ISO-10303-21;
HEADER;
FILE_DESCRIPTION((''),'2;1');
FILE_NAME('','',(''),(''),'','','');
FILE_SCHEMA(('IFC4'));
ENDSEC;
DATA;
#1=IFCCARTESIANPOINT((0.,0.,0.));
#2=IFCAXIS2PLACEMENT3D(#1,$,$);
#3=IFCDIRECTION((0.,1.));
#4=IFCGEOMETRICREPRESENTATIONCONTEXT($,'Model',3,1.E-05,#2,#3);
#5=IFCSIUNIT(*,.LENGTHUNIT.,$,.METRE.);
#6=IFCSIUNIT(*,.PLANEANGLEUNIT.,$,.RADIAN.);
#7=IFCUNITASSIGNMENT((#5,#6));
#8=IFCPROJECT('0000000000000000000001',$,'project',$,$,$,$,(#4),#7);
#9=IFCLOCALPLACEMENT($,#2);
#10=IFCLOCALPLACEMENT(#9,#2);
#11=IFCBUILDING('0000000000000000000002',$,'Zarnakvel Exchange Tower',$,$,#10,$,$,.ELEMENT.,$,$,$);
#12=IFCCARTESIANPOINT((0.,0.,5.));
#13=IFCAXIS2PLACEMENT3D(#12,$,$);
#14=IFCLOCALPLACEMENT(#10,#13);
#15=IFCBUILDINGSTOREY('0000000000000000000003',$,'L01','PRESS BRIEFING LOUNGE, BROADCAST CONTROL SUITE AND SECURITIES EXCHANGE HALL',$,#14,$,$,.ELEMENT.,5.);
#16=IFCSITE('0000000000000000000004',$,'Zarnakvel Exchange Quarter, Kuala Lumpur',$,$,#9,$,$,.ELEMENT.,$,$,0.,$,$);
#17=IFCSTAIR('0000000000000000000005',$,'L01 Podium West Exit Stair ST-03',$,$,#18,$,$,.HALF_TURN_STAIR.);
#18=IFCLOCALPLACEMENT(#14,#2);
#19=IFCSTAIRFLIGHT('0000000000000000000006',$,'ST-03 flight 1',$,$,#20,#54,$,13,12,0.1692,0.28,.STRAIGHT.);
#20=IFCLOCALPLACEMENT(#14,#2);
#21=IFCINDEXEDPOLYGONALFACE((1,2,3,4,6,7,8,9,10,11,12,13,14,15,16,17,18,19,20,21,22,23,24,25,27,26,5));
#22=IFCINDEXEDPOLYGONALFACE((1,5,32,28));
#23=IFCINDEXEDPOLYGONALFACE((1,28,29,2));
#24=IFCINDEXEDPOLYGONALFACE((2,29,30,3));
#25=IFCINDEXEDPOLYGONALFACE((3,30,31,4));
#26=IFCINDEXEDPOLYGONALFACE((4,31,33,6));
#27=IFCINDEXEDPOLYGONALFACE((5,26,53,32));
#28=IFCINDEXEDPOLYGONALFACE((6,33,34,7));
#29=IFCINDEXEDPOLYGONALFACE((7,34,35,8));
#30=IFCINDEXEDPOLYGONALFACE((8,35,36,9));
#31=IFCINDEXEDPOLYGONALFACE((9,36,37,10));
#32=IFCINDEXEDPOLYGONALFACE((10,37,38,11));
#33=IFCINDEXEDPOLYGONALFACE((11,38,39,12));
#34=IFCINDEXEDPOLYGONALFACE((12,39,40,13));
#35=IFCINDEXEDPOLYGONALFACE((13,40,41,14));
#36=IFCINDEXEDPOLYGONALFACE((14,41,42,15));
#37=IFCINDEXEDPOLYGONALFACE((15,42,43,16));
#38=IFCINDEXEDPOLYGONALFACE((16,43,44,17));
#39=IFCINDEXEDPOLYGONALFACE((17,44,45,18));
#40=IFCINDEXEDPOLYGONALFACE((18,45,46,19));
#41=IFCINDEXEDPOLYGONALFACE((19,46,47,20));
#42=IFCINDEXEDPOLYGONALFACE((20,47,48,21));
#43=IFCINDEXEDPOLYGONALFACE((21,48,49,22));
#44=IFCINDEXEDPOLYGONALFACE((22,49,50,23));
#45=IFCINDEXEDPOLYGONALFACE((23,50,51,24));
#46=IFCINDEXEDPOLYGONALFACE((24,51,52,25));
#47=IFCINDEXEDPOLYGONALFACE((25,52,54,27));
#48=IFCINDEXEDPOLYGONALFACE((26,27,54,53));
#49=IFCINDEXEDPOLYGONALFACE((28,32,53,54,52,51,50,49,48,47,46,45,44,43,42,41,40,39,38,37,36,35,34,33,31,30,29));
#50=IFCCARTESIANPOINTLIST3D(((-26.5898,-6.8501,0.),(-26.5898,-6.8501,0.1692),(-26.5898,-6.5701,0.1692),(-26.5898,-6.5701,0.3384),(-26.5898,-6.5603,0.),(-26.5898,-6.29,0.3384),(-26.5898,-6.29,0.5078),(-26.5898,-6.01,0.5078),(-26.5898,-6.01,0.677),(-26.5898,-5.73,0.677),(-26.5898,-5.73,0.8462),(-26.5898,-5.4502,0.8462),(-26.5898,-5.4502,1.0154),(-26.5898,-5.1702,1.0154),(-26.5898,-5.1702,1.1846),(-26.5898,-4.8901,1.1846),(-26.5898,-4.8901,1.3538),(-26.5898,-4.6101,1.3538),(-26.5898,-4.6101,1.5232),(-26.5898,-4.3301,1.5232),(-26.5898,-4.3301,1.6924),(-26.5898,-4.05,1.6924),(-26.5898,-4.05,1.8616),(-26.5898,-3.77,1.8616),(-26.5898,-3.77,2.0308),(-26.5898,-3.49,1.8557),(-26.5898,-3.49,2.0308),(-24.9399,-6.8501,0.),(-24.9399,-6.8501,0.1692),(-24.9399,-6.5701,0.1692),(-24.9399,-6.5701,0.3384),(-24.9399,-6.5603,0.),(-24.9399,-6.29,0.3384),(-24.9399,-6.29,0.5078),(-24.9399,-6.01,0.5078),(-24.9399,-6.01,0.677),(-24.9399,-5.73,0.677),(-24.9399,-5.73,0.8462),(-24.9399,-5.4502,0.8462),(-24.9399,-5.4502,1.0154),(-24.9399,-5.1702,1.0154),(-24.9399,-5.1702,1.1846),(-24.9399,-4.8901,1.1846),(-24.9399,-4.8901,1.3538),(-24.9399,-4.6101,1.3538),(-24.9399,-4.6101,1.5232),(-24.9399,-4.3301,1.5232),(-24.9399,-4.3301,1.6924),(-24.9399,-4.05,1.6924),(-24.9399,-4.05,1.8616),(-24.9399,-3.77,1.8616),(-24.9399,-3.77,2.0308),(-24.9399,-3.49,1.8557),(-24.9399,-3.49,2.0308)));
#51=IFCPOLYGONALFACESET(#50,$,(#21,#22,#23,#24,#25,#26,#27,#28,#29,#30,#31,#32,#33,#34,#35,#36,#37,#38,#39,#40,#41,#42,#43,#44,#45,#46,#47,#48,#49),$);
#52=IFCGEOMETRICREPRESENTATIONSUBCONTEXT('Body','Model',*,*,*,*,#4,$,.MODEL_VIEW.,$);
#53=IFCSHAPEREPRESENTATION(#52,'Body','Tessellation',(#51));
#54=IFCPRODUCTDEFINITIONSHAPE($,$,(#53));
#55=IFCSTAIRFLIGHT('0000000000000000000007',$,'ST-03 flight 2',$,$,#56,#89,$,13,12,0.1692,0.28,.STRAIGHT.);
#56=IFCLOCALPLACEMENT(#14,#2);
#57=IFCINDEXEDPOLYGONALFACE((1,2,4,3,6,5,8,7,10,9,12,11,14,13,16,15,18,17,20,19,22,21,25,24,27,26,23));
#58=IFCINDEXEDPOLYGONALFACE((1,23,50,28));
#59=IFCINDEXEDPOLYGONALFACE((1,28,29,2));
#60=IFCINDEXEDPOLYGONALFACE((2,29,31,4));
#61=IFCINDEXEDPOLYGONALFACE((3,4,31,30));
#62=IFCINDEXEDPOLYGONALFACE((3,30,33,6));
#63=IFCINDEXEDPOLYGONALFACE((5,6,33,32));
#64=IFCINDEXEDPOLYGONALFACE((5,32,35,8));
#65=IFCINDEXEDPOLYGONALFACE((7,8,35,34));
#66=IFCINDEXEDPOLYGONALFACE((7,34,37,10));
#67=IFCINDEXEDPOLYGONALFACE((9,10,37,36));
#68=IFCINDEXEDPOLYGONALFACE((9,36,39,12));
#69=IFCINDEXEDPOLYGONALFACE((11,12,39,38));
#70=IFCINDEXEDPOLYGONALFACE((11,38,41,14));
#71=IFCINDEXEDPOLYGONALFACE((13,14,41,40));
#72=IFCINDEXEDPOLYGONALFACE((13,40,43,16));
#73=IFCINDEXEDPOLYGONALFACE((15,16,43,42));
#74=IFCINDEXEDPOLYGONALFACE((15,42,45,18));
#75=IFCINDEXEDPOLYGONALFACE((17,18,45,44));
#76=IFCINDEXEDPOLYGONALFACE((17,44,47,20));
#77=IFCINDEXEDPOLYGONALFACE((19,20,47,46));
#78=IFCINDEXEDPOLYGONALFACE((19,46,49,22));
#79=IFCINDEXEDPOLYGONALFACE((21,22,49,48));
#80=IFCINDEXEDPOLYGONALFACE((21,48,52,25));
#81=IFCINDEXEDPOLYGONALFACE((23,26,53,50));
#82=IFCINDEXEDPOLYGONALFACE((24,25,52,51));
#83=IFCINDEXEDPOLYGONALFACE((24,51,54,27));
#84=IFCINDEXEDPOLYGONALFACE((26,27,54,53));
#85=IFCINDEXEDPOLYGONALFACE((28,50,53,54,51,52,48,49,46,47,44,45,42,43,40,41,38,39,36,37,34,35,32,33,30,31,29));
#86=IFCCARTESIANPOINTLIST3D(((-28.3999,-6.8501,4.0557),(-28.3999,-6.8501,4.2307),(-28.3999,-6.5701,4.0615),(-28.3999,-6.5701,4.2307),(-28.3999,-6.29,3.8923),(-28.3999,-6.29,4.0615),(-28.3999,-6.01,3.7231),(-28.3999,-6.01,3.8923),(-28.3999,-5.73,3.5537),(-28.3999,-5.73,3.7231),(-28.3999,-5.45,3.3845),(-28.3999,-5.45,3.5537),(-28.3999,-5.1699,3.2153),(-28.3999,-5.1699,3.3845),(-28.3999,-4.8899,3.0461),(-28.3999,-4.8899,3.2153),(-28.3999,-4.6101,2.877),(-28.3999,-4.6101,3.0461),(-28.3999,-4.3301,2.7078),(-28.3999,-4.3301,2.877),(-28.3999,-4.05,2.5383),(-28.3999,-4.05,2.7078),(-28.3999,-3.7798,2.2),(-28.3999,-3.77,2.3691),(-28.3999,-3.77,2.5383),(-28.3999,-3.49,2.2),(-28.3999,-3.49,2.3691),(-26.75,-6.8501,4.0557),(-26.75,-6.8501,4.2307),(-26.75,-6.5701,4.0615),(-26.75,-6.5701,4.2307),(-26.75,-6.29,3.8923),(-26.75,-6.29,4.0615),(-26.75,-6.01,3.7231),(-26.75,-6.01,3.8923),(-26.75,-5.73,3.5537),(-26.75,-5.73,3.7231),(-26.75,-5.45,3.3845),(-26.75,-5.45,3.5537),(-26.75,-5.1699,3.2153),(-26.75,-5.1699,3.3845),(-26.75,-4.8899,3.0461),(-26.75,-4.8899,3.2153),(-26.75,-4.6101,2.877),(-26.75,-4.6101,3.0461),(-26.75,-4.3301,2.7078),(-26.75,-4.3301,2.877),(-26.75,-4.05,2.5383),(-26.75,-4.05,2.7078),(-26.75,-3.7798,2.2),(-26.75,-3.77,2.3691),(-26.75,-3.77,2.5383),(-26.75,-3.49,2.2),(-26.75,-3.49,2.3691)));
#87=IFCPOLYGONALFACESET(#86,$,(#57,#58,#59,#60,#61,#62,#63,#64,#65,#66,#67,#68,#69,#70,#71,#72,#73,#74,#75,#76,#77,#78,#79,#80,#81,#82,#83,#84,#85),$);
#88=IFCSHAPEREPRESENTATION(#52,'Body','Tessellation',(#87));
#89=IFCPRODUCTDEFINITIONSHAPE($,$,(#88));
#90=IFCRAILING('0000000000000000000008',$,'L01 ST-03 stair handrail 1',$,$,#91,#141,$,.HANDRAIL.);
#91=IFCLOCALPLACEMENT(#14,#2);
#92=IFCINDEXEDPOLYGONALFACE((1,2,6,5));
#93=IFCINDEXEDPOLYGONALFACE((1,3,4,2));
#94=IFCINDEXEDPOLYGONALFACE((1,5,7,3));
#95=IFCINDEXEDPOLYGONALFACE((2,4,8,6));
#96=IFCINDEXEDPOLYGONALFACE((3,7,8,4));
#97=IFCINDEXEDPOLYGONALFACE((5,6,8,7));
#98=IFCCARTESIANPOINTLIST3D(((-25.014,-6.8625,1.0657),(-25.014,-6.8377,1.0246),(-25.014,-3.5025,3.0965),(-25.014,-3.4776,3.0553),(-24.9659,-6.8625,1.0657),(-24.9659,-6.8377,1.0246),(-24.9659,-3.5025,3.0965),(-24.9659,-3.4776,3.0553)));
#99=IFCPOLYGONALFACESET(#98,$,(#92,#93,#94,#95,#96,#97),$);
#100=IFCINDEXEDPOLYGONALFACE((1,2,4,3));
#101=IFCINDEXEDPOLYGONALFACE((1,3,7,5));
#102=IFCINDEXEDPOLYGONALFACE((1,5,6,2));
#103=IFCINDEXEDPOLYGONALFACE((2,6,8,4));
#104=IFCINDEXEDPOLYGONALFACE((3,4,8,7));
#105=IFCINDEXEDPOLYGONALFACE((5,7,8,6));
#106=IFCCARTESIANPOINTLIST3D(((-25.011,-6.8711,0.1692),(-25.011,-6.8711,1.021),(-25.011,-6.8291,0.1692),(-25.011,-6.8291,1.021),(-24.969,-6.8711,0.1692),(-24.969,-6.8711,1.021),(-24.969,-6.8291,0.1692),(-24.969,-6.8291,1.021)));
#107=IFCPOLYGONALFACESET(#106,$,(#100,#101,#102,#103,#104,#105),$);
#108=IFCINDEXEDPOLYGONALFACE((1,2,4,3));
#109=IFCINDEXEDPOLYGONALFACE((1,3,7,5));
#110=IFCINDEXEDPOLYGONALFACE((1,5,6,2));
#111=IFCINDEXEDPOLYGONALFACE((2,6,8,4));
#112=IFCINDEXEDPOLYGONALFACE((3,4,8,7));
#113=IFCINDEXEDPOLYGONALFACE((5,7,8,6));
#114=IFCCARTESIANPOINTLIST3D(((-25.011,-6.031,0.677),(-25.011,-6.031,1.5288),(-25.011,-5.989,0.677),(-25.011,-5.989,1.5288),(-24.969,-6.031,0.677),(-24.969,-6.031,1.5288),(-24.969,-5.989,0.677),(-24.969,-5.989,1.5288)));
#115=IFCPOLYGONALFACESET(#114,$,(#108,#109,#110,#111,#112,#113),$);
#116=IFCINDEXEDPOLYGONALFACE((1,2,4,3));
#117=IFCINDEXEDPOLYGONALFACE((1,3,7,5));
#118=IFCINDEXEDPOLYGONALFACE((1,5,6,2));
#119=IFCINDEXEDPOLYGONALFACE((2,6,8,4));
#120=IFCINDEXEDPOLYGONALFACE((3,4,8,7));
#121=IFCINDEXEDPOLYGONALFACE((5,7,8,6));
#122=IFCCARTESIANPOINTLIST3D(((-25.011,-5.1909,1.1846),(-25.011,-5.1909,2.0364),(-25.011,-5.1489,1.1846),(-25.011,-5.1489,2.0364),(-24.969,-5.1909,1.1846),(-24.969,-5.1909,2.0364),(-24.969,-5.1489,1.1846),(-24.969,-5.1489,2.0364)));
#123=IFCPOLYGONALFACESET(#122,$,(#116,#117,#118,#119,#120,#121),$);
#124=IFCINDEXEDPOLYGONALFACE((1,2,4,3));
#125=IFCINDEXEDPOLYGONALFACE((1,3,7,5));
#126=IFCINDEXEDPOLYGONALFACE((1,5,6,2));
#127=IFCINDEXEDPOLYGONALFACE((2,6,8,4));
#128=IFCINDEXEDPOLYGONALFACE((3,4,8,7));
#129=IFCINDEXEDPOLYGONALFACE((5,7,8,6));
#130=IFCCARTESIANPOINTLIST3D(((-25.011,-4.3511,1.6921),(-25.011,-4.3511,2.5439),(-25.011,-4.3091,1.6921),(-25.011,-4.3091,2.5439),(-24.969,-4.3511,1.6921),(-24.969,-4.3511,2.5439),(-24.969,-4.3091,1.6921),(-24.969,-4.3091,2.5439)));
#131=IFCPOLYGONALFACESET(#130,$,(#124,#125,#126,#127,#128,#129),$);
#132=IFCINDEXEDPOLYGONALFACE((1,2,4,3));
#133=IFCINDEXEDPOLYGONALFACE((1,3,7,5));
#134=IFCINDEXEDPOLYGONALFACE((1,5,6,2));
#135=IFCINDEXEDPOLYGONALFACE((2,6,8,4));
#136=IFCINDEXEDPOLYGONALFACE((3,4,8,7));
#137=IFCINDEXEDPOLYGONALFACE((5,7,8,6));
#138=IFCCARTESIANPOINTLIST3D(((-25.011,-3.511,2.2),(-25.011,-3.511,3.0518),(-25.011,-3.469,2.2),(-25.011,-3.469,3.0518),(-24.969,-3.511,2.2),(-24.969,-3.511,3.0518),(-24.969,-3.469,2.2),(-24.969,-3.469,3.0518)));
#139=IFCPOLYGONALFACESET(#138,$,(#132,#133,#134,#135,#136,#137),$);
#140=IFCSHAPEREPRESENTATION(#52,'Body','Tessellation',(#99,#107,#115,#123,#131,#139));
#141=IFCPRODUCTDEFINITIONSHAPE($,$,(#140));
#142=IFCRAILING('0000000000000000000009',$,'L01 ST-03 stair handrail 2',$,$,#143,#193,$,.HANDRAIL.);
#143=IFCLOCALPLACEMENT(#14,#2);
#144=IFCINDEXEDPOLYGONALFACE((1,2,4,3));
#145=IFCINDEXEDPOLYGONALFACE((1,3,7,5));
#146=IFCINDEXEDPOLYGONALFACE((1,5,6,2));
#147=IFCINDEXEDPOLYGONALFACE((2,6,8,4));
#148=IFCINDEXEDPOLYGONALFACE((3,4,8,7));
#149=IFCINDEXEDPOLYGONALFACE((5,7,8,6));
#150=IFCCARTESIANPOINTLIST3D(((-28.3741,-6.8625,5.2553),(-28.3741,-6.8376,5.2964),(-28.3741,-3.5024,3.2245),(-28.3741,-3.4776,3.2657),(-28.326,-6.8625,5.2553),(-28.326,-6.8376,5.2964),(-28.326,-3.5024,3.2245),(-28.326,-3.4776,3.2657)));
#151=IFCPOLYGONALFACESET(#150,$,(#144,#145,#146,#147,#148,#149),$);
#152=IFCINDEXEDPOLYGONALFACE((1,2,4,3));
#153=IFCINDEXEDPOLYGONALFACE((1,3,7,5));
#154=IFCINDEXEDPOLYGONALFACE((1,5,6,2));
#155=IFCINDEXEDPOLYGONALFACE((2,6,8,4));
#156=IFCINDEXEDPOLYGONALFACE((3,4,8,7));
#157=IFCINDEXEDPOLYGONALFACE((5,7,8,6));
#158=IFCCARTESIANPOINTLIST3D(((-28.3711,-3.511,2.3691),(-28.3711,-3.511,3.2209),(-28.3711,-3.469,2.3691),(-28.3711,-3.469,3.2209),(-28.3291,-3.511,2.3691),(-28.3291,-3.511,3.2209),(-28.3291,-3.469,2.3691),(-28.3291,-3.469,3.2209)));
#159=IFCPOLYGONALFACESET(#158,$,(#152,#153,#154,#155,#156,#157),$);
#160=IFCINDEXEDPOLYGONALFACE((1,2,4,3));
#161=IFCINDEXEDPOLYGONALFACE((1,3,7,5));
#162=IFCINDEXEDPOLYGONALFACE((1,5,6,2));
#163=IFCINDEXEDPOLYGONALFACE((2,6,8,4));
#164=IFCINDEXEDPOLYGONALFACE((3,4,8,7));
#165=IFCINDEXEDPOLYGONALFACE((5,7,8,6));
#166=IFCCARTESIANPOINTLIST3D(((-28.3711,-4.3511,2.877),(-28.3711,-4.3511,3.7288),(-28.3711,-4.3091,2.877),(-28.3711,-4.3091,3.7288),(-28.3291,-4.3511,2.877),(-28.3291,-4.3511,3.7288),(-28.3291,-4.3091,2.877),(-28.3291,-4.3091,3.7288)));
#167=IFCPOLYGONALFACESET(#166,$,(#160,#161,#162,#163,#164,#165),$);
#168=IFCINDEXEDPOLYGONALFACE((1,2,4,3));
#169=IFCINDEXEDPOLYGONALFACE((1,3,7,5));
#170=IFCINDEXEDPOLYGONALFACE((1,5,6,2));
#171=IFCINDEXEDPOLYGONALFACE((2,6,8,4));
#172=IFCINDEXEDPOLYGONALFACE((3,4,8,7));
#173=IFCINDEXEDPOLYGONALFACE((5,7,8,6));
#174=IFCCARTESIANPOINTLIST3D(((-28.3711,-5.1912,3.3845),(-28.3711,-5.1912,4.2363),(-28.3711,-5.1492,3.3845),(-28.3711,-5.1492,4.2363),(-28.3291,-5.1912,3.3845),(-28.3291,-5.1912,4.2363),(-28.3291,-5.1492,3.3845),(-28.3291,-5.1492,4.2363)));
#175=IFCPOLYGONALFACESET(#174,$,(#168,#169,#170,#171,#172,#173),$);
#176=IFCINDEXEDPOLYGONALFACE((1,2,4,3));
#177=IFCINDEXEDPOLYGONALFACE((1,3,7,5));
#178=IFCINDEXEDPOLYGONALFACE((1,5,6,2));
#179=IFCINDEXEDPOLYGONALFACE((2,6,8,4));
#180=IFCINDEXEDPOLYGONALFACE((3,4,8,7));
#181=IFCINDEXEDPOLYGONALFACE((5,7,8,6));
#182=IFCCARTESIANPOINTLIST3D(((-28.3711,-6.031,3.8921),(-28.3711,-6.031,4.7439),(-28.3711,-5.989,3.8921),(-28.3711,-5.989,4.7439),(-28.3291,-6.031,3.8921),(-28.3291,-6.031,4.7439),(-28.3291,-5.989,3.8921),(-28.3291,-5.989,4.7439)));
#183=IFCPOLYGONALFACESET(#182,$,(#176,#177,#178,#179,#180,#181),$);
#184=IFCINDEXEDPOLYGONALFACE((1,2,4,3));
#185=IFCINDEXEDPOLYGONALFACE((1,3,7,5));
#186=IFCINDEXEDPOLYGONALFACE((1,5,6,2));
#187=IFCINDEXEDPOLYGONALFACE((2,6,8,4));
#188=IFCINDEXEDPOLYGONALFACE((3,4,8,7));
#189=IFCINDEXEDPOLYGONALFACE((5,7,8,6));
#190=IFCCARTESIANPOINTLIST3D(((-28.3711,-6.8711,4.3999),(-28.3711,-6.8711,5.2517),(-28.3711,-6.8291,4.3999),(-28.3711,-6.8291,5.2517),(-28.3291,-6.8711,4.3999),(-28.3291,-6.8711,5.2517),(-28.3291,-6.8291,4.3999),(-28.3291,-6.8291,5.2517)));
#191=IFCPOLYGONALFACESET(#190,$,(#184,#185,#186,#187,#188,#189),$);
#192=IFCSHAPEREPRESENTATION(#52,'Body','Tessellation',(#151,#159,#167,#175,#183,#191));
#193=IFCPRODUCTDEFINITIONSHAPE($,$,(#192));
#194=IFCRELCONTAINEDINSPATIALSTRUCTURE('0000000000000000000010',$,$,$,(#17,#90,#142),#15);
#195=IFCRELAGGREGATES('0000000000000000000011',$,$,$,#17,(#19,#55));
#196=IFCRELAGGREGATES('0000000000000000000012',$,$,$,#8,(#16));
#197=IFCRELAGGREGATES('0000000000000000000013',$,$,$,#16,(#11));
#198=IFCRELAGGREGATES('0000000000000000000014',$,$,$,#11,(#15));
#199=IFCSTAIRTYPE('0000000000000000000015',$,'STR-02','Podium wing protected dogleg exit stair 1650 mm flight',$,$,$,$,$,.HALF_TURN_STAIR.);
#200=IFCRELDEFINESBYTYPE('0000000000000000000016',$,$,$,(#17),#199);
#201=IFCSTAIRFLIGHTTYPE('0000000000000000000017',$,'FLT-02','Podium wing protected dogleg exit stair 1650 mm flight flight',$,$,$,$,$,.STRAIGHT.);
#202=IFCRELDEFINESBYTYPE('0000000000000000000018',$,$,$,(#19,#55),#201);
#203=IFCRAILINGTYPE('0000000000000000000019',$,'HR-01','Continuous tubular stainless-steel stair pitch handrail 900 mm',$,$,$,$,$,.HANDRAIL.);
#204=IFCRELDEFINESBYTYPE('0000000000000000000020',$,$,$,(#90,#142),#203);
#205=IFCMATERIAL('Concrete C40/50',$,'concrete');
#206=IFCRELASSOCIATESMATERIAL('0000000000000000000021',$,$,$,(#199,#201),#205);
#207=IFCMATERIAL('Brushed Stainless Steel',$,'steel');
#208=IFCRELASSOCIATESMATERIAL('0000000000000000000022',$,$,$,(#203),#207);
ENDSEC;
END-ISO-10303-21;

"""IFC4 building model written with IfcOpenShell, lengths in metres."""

from ifc_helpers import new_model, si_unit, direction, frame, origin, origin_2d, place, context, subcontext, project, spatial, polyline, rectangle, outline, extrude, material, type_object, element, aggregate, save


model = new_model("IFC4")

# Units and contexts
model_context = context("Model", 3, precision=1e-05, world=origin(), true_north=direction((0.0, 1.0)))
body_context = subcontext(model_context, "Body", "Model", "MODEL_VIEW")
ifc_project = project(units=[si_unit("LENGTHUNIT", "METRE"), si_unit("PLANEANGLEUNIT", "RADIAN")], contexts=[model_context])

# Site, building, storey
site_placement = place(None, origin())
site = spatial("IfcSite", under=ifc_project, at=site_placement, Name="Zarnakvel Exchange Quarter, Kuala Lumpur", CompositionType="ELEMENT", RefElevation=0.0)
building_placement = place(site_placement, origin())
building = spatial("IfcBuilding", under=site, at=building_placement, Name="Zarnakvel Exchange Tower", CompositionType="ELEMENT")
storey_placement = place(building_placement, frame((0.0, 0.0, 5.0)))
storey = spatial("IfcBuildingStorey", under=building, at=storey_placement, Name="L01", Description="PRESS BRIEFING LOUNGE, BROADCAST CONTROL SUITE AND SECURITIES EXCHANGE HALL", CompositionType="ELEMENT", Elevation=5.0)

# Shared definitions
ifc_material_1 = material(Name="Concrete C40/50", Category="concrete")

# Stair, stair flights
stair_type = type_object("IfcStairType", Name="STR-02", Description="Podium wing protected dogleg exit stair 1650 mm flight", PredefinedType="HALF_TURN_STAIR", material=ifc_material_1)
stair_placement = place(storey_placement, origin())
stair = element("IfcStair", 1, at=stair_placement, inside=storey, type_object=stair_type, Name="L01 Podium West Exit Stair ST-03", PredefinedType="HALF_TURN_STAIR")
stair_flight_type = type_object("IfcStairFlightType", Name="FLT-02", Description="Podium wing protected dogleg exit stair 1650 mm flight flight", PredefinedType="STRAIGHT", material=ifc_material_1)
stair_flight_1_placement = place(storey_placement, frame((-25.7649, -6.8501, 0.0), z_axis=(0.0, 0.0, 1.0), x_axis=(0.0, 1.0, 0.0)))
stair_flight_1 = element("IfcStairFlight", 2, at=stair_flight_1_placement, type_object=stair_flight_type, Name="ST-03 flight 1", NumberOfRisers=13, NumberOfTreads=12, PredefinedType="STRAIGHT", RiserHeight=0.1692, TreadLength=0.28, context=body_context, shape_type="SweptSolid", body=[
    extrude(outline(polyline([(0.0, 0.0), (0.0, 0.1692), (0.28, 0.1692), (0.28, 0.3384), (0.5601, 0.3384), (0.5601, 0.5078), (0.8401, 0.5078), (0.8401, 0.677), (1.1201, 0.677), (1.1201, 0.8462), (1.3999, 0.8462), (1.3999, 1.0154), (1.6799, 1.0154), (1.6799, 1.1846), (1.96, 1.1846), (1.96, 1.3538), (2.24, 1.3538), (2.24, 1.5232), (2.52, 1.5232), (2.52, 1.6924), (2.8, 1.6924), (2.8, 1.8616), (3.0801, 1.8616), (3.0801, 2.0308), (3.3601, 2.0308), (3.3601, 2.2), (3.3601, 1.8557), (0.2898, 0.0), (0.0, 0.0)])), frame((0.0, 0.825, 0.0), z_axis=(0.0, -1.0, 0.0), x_axis=(1.0, 0.0, 0.0)), (0.0, 0.0, 1.0), 1.6499),
])
stair_flight_2_placement = place(storey_placement, frame((-27.575, -3.49, 2.2), z_axis=(0.0, 0.0, 1.0), x_axis=(0.0, -1.0, 0.0)))
stair_flight_2 = element("IfcStairFlight", 3, at=stair_flight_2_placement, type_object=stair_flight_type, Name="ST-03 flight 2", NumberOfRisers=13, NumberOfTreads=12, PredefinedType="STRAIGHT", RiserHeight=0.1692, TreadLength=0.28, context=body_context, shape_type="SweptSolid", body=[
    extrude(outline(polyline([(0.0, 0.0), (0.0, 0.1692), (0.28, 0.1692), (0.28, 0.3384), (0.5601, 0.3384), (0.5601, 0.5078), (0.8401, 0.5078), (0.8401, 0.677), (1.1201, 0.677), (1.1201, 0.8462), (1.3999, 0.8462), (1.3999, 1.0154), (1.6799, 1.0154), (1.6799, 1.1846), (1.96, 1.1846), (1.96, 1.3538), (2.24, 1.3538), (2.24, 1.5232), (2.52, 1.5232), (2.52, 1.6924), (2.8, 1.6924), (2.8, 1.8616), (3.0801, 1.8616), (3.0801, 2.0308), (3.3601, 2.0308), (3.3601, 2.2), (3.3601, 1.8557), (0.2898, 0.0), (0.0, 0.0)])), frame((0.0, 0.825, 0.0), z_axis=(0.0, -1.0, 0.0), x_axis=(1.0, 0.0, 0.0)), (0.0, 0.0, 1.0), 1.6499),
])
aggregate(stair, [stair_flight_1, stair_flight_2])

# Railings
ifc_material_2 = material(Name="Brushed Stainless Steel", Category="steel")
railing_type_1 = type_object("IfcRailingType", Name="HR-01", Description="Continuous tubular stainless-steel stair pitch handrail 900 mm", PredefinedType="HANDRAIL", material=ifc_material_2)
railing_1_placement = place(storey_placement, frame((-24.99, -6.8501, 0.1692)))
element("IfcRailing", 4, at=railing_1_placement, inside=storey, type_object=railing_type_1, Name="L01 ST-03 stair handrail 1", PredefinedType="HANDRAIL", context=body_context, shape_type="SweptSolid", body=[
    extrude(rectangle(XDim=0.0481, YDim=0.0481, at=origin_2d()), frame((0.0, 0.0, 0.876), z_axis=(0.0, 0.855837, 0.517246), x_axis=(-1.0, 0.0, 0.0)), (0.0, 0.0, 1.0), 3.926),
    extrude(rectangle(XDim=0.042, YDim=0.042, at=origin_2d()), origin(), (0.0, 0.0, 1.0), 0.8518),
    extrude(rectangle(XDim=0.042, YDim=0.042, at=origin_2d()), frame((0.0, 0.8401, 0.5078)), (0.0, 0.0, 1.0), 0.8518),
    extrude(rectangle(XDim=0.042, YDim=0.042, at=origin_2d()), frame((0.0, 1.6802, 1.0154)), (0.0, 0.0, 1.0), 0.8518),
    extrude(rectangle(XDim=0.042, YDim=0.042, at=origin_2d()), frame((0.0, 2.52, 1.5229)), (0.0, 0.0, 1.0), 0.8518),
    extrude(rectangle(XDim=0.042, YDim=0.042, at=origin_2d()), frame((0.0, 3.3601, 2.0308)), (0.0, 0.0, 1.0), 0.8518),
])
railing_2_placement = place(storey_placement, frame((-28.3501, -3.49, 2.3691)))
element("IfcRailing", 5, at=railing_2_placement, inside=storey, type_object=railing_type_1, Name="L01 ST-03 stair handrail 2", PredefinedType="HANDRAIL", context=body_context, shape_type="SweptSolid", body=[
    extrude(rectangle(XDim=0.0481, YDim=0.0481, at=origin_2d()), frame((0.0, 0.0, 0.876), z_axis=(0.0, -0.855837, 0.517246), x_axis=(1.0, 0.0, 0.0)), (0.0, 0.0, 1.0), 3.926),
    extrude(rectangle(XDim=0.042, YDim=0.042, at=origin_2d()), origin(), (0.0, 0.0, 1.0), 0.8518),
    extrude(rectangle(XDim=0.042, YDim=0.042, at=origin_2d()), frame((0.0, -0.8401, 0.5078)), (0.0, 0.0, 1.0), 0.8518),
    extrude(rectangle(XDim=0.042, YDim=0.042, at=origin_2d()), frame((0.0, -1.6802, 1.0154)), (0.0, 0.0, 1.0), 0.8518),
    extrude(rectangle(XDim=0.042, YDim=0.042, at=origin_2d()), frame((0.0, -2.52, 1.5229)), (0.0, 0.0, 1.0), 0.8518),
    extrude(rectangle(XDim=0.042, YDim=0.042, at=origin_2d()), frame((0.0, -3.3601, 2.0308)), (0.0, 0.0, 1.0), 0.8518),
])

save(model, "model.ifc")
